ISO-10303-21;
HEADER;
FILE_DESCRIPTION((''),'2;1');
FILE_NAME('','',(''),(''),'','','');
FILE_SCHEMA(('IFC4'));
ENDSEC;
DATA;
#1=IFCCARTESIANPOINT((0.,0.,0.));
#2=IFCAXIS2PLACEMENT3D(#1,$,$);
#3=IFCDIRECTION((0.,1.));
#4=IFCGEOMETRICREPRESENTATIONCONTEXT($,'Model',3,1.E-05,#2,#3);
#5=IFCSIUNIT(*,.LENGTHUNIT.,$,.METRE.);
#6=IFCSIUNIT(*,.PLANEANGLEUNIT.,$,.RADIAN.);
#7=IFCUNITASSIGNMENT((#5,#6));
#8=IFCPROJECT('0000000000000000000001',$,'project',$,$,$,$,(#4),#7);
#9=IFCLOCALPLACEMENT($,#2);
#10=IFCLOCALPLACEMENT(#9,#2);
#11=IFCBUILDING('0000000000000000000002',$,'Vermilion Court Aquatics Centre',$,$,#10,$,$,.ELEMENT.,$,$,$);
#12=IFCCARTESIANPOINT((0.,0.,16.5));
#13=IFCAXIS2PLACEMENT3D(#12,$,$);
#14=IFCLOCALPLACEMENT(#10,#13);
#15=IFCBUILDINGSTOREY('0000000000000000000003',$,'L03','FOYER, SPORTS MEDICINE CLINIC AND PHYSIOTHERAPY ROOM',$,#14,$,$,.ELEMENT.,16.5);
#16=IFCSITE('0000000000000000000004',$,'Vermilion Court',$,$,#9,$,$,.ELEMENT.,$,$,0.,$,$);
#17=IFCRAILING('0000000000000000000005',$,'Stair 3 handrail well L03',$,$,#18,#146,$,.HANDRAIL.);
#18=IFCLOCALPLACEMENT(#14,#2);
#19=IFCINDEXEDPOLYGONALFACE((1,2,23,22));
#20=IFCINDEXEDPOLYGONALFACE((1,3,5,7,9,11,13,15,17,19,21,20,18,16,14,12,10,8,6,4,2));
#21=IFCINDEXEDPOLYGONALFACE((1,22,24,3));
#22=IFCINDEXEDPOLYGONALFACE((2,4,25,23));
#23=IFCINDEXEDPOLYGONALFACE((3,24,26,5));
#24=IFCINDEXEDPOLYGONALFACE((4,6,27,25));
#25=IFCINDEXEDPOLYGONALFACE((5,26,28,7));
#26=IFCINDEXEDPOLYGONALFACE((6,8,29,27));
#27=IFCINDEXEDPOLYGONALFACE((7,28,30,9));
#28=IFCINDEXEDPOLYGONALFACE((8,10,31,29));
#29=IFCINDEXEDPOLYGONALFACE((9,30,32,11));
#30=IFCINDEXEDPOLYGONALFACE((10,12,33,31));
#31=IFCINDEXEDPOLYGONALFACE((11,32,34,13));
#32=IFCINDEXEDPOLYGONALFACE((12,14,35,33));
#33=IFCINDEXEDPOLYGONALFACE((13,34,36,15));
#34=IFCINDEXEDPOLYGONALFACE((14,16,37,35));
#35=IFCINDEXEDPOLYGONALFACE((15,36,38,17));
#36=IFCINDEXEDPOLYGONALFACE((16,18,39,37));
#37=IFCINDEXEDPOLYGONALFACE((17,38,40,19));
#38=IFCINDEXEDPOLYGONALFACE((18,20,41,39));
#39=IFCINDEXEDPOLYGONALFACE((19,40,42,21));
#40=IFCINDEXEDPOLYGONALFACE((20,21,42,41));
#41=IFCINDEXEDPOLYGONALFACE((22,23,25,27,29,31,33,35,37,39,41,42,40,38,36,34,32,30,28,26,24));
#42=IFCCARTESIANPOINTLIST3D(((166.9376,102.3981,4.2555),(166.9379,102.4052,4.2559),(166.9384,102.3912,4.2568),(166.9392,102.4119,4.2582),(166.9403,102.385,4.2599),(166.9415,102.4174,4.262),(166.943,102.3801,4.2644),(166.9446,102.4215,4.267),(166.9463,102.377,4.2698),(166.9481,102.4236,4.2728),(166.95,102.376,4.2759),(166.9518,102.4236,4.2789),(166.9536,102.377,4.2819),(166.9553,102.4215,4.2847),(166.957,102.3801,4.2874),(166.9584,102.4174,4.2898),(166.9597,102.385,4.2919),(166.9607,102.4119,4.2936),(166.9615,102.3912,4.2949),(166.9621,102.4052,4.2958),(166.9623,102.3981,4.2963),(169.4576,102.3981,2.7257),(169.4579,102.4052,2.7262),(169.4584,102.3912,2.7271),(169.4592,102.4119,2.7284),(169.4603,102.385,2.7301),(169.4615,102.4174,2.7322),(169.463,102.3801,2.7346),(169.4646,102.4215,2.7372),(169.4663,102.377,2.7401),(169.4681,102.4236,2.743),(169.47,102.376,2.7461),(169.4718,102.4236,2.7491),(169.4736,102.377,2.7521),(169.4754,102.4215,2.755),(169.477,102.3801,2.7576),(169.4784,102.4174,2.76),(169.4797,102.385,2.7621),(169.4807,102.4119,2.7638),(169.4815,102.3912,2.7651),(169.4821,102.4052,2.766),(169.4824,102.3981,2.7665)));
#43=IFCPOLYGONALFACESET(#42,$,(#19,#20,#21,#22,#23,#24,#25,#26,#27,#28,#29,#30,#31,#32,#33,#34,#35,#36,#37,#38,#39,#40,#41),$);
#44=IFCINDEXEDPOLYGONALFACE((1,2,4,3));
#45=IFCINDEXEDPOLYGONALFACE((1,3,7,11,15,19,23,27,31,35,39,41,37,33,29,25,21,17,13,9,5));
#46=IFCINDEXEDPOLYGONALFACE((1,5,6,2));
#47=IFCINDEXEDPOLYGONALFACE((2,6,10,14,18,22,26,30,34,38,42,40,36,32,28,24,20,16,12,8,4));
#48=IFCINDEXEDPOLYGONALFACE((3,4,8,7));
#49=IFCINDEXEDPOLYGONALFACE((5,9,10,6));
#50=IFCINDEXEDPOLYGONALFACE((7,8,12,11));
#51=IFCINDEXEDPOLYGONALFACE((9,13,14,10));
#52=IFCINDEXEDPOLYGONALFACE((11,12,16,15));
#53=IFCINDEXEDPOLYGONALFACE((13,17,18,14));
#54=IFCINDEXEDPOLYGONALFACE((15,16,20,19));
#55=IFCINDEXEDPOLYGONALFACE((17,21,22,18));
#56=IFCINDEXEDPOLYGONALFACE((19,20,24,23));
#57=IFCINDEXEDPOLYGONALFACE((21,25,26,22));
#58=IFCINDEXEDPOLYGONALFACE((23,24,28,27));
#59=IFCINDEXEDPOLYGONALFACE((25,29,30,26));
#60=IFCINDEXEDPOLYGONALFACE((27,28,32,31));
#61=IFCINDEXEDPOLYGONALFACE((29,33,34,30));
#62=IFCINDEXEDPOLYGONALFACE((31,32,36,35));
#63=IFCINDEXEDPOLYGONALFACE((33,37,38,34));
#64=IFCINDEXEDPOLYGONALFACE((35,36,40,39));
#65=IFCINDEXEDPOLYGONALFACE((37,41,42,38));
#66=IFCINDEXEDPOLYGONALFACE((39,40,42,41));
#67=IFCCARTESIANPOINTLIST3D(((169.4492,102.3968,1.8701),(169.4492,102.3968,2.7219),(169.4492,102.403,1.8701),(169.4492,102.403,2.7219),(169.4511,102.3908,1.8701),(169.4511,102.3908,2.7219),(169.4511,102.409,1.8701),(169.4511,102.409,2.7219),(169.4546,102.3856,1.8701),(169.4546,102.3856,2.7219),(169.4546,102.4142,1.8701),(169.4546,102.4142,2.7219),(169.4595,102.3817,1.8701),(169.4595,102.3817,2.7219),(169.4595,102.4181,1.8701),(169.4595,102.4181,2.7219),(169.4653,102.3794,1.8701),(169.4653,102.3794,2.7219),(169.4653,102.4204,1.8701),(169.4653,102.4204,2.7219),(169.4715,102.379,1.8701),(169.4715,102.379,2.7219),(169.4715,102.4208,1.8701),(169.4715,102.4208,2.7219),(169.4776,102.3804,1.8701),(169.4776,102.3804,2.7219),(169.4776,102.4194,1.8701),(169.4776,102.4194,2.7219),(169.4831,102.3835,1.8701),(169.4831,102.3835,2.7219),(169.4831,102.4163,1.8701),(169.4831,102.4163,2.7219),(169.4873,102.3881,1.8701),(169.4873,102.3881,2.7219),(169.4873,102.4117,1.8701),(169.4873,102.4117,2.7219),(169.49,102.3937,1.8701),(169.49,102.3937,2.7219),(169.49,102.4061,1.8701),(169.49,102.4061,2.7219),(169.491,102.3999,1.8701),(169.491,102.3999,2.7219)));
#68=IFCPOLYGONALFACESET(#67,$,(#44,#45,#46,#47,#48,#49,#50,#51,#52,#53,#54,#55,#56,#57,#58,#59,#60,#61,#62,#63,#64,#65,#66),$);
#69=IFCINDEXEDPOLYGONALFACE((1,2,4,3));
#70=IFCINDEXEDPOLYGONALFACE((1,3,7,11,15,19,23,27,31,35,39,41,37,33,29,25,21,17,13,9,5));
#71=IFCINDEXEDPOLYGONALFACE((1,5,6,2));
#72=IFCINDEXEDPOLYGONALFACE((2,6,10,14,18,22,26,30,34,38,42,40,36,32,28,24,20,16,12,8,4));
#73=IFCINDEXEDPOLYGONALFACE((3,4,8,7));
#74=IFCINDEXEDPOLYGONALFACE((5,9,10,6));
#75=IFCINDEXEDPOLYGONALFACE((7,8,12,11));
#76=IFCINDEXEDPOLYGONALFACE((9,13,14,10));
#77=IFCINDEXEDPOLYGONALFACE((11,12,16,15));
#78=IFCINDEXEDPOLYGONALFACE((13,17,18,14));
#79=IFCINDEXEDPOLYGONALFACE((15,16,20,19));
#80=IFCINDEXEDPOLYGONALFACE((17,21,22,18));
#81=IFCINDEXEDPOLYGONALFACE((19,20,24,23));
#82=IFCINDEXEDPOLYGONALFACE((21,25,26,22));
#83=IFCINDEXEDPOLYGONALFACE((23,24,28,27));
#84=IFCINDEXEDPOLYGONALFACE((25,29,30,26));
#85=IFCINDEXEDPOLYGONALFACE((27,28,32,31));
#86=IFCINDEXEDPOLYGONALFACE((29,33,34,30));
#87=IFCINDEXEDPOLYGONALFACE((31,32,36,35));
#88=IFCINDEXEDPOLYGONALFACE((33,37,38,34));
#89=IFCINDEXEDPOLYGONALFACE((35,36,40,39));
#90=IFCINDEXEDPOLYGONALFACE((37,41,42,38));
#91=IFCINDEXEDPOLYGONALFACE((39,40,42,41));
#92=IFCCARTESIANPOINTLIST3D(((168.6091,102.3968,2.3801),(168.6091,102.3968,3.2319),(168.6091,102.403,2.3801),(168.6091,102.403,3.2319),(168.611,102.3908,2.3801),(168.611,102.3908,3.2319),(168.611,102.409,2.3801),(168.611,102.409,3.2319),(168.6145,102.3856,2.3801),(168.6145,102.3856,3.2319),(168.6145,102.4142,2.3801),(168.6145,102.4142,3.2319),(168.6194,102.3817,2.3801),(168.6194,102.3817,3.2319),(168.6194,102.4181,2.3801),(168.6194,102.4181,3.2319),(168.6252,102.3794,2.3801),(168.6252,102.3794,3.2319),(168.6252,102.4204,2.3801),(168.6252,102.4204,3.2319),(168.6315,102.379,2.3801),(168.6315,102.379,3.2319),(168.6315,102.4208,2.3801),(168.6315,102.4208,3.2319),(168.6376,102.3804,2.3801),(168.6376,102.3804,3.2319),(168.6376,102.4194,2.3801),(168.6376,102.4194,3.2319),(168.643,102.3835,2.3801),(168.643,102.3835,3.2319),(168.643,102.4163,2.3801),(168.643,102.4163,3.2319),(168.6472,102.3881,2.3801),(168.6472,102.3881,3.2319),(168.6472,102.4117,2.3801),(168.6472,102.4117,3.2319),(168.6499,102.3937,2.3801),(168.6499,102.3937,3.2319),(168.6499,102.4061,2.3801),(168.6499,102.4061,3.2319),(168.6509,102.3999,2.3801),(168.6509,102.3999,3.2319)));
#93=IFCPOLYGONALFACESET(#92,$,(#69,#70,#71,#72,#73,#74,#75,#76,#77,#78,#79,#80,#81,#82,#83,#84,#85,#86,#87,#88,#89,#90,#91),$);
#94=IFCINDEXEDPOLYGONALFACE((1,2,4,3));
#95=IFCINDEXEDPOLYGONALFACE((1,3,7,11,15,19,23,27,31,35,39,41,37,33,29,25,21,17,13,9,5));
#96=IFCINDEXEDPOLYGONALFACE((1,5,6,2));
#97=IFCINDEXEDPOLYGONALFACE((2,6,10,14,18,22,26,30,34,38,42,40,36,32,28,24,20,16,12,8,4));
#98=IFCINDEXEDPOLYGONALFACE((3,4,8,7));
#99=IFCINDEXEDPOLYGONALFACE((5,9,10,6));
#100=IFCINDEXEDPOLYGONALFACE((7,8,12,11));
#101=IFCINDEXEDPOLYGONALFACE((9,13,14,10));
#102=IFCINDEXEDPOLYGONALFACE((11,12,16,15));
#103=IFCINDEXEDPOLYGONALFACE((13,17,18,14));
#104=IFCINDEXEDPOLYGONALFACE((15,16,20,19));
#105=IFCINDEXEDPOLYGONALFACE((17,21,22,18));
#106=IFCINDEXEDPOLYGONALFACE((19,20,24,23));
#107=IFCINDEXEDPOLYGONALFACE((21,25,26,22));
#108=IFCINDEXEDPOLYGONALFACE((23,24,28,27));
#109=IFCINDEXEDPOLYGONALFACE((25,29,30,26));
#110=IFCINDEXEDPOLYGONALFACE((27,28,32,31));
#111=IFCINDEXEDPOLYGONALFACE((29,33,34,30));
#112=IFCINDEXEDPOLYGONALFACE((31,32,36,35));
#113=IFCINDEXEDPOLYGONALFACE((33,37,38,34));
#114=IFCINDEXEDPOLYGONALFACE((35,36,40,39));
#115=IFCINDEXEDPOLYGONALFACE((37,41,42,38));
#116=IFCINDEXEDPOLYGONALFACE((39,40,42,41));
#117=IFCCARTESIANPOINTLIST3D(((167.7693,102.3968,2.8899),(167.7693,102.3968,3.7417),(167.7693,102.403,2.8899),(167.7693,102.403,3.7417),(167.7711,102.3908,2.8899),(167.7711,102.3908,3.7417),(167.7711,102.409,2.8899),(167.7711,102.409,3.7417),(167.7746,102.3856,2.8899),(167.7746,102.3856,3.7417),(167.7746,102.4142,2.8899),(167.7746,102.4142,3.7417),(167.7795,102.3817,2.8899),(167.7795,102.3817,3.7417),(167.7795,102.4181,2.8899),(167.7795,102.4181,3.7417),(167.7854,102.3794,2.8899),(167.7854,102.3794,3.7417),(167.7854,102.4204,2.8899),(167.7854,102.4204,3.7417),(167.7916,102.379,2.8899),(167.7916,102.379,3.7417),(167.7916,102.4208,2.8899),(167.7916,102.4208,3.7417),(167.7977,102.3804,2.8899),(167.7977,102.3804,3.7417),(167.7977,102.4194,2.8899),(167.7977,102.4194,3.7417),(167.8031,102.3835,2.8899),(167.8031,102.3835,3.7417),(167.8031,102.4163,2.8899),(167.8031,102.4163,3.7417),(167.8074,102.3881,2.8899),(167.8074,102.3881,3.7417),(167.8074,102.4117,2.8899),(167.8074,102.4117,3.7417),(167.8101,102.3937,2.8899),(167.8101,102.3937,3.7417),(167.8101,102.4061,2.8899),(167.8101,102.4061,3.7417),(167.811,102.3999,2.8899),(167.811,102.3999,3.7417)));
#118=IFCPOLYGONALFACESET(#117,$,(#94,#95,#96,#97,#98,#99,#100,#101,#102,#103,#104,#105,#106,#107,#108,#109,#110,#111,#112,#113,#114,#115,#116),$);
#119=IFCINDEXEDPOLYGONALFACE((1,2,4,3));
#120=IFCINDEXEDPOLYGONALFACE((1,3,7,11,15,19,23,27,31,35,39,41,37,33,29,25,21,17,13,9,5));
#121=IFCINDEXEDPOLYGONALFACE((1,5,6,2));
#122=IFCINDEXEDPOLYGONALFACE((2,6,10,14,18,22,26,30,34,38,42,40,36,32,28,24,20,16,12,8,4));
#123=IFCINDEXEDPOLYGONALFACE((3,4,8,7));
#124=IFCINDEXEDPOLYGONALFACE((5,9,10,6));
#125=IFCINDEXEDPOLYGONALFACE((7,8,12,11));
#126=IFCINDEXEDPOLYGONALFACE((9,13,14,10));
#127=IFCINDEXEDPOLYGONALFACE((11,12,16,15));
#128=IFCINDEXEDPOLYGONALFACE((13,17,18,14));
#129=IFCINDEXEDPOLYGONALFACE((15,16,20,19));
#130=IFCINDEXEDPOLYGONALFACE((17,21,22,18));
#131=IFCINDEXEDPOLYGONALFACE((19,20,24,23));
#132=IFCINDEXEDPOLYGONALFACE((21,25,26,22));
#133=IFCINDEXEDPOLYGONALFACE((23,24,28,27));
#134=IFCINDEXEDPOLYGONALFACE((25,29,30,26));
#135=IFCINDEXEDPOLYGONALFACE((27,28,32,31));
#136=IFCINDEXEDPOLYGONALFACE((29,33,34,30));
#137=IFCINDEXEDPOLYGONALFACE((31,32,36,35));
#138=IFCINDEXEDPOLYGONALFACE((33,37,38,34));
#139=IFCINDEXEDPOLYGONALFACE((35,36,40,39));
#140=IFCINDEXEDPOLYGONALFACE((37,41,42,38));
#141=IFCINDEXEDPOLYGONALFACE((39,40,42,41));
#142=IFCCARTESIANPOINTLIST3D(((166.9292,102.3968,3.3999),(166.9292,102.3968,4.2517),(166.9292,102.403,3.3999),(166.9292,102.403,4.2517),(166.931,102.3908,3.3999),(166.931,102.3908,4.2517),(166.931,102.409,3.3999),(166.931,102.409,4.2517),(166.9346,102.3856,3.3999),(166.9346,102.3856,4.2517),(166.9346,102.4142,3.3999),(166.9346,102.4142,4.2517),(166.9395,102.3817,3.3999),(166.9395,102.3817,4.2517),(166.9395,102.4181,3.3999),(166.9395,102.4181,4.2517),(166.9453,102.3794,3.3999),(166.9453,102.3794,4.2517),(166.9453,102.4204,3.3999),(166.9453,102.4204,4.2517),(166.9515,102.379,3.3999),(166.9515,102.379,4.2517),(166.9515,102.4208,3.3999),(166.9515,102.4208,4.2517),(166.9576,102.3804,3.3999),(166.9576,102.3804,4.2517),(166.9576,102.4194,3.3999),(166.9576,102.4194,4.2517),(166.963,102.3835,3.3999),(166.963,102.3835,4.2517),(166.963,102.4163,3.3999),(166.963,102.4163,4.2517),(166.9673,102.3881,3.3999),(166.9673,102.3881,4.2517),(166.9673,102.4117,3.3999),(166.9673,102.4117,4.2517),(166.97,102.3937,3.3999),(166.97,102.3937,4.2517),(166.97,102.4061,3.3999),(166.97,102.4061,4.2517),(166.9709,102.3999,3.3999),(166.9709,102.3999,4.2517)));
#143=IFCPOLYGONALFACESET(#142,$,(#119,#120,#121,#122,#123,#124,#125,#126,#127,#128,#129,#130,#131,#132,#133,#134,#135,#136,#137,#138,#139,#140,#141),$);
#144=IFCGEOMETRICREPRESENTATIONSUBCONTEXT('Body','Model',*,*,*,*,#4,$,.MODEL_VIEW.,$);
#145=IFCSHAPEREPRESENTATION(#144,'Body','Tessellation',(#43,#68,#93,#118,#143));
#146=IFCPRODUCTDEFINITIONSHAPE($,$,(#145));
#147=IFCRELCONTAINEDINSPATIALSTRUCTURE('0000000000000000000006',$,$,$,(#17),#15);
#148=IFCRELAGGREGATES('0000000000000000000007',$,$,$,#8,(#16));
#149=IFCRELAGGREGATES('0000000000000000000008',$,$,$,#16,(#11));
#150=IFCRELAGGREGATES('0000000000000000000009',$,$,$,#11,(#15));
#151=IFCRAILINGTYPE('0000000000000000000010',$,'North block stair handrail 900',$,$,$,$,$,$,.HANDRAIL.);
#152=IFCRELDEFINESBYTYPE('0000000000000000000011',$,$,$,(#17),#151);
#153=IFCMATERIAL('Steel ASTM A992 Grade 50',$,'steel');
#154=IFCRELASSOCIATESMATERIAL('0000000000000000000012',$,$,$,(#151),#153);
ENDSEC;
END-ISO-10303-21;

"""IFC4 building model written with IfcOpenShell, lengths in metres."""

from ifc_helpers import new_model, si_unit, direction, frame, origin, origin_2d, place, context, subcontext, project, spatial, circle, extrude, material, type_object, element, save


model = new_model("IFC4")

# Units and contexts
model_context = context("Model", 3, precision=1e-05, world=origin(), true_north=direction((0.0, 1.0)))
body_context = subcontext(model_context, "Body", "Model", "MODEL_VIEW")
ifc_project = project(units=[si_unit("LENGTHUNIT", "METRE"), si_unit("PLANEANGLEUNIT", "RADIAN")], contexts=[model_context])

# Site, building, storey
site_placement = place(None, origin())
site = spatial("IfcSite", under=ifc_project, at=site_placement, Name="Vermilion Court", CompositionType="ELEMENT", RefElevation=0.0)
building_placement = place(site_placement, origin())
building = spatial("IfcBuilding", under=site, at=building_placement, Name="Vermilion Court Aquatics Centre", CompositionType="ELEMENT")
storey_placement = place(building_placement, frame((0.0, 0.0, 16.5)))
storey = spatial("IfcBuildingStorey", under=building, at=storey_placement, Name="L03", Description="FOYER, SPORTS MEDICINE CLINIC AND PHYSIOTHERAPY ROOM", CompositionType="ELEMENT", Elevation=16.5)

# Railing
ifc_material_1 = material(Name="Steel ASTM A992 Grade 50", Category="steel")
railing_type_1 = type_object("IfcRailingType", Name="North block stair handrail 900", PredefinedType="HANDRAIL", material=ifc_material_1)
for number, where, name in (
    (1, (169.47, 102.3999, 1.8701), "Stair 3 handrail well L03"),
):
    element("IfcRailing", number, at=place(storey_placement, frame(where)), inside=storey, type_object=railing_type_1, Name=name, PredefinedType="HANDRAIL", context=body_context, shape_type="SweptSolid", body=[
        extrude(circle(Radius=0.0239, at=origin_2d()), frame((0.0, 0.0, 0.876), z_axis=(-0.854822, 0.0, 0.518922), x_axis=(0.0, -1.0, 0.0)), (0.0, 0.0, 1.0), 2.948),
        extrude(circle(Radius=0.021, at=origin_2d()), origin(), (0.0, 0.0, 1.0), 0.8518),
        extrude(circle(Radius=0.021, at=origin_2d()), frame((-0.8401, 0.0, 0.51)), (0.0, 0.0, 1.0), 0.8518),
        extrude(circle(Radius=0.021, at=origin_2d()), frame((-1.6799, 0.0, 1.0198)), (0.0, 0.0, 1.0), 0.8518),
        extrude(circle(Radius=0.021, at=origin_2d()), frame((-2.52, 0.0, 1.5298)), (0.0, 0.0, 1.0), 0.8518),
    ])

save(model, "model.ifc")
